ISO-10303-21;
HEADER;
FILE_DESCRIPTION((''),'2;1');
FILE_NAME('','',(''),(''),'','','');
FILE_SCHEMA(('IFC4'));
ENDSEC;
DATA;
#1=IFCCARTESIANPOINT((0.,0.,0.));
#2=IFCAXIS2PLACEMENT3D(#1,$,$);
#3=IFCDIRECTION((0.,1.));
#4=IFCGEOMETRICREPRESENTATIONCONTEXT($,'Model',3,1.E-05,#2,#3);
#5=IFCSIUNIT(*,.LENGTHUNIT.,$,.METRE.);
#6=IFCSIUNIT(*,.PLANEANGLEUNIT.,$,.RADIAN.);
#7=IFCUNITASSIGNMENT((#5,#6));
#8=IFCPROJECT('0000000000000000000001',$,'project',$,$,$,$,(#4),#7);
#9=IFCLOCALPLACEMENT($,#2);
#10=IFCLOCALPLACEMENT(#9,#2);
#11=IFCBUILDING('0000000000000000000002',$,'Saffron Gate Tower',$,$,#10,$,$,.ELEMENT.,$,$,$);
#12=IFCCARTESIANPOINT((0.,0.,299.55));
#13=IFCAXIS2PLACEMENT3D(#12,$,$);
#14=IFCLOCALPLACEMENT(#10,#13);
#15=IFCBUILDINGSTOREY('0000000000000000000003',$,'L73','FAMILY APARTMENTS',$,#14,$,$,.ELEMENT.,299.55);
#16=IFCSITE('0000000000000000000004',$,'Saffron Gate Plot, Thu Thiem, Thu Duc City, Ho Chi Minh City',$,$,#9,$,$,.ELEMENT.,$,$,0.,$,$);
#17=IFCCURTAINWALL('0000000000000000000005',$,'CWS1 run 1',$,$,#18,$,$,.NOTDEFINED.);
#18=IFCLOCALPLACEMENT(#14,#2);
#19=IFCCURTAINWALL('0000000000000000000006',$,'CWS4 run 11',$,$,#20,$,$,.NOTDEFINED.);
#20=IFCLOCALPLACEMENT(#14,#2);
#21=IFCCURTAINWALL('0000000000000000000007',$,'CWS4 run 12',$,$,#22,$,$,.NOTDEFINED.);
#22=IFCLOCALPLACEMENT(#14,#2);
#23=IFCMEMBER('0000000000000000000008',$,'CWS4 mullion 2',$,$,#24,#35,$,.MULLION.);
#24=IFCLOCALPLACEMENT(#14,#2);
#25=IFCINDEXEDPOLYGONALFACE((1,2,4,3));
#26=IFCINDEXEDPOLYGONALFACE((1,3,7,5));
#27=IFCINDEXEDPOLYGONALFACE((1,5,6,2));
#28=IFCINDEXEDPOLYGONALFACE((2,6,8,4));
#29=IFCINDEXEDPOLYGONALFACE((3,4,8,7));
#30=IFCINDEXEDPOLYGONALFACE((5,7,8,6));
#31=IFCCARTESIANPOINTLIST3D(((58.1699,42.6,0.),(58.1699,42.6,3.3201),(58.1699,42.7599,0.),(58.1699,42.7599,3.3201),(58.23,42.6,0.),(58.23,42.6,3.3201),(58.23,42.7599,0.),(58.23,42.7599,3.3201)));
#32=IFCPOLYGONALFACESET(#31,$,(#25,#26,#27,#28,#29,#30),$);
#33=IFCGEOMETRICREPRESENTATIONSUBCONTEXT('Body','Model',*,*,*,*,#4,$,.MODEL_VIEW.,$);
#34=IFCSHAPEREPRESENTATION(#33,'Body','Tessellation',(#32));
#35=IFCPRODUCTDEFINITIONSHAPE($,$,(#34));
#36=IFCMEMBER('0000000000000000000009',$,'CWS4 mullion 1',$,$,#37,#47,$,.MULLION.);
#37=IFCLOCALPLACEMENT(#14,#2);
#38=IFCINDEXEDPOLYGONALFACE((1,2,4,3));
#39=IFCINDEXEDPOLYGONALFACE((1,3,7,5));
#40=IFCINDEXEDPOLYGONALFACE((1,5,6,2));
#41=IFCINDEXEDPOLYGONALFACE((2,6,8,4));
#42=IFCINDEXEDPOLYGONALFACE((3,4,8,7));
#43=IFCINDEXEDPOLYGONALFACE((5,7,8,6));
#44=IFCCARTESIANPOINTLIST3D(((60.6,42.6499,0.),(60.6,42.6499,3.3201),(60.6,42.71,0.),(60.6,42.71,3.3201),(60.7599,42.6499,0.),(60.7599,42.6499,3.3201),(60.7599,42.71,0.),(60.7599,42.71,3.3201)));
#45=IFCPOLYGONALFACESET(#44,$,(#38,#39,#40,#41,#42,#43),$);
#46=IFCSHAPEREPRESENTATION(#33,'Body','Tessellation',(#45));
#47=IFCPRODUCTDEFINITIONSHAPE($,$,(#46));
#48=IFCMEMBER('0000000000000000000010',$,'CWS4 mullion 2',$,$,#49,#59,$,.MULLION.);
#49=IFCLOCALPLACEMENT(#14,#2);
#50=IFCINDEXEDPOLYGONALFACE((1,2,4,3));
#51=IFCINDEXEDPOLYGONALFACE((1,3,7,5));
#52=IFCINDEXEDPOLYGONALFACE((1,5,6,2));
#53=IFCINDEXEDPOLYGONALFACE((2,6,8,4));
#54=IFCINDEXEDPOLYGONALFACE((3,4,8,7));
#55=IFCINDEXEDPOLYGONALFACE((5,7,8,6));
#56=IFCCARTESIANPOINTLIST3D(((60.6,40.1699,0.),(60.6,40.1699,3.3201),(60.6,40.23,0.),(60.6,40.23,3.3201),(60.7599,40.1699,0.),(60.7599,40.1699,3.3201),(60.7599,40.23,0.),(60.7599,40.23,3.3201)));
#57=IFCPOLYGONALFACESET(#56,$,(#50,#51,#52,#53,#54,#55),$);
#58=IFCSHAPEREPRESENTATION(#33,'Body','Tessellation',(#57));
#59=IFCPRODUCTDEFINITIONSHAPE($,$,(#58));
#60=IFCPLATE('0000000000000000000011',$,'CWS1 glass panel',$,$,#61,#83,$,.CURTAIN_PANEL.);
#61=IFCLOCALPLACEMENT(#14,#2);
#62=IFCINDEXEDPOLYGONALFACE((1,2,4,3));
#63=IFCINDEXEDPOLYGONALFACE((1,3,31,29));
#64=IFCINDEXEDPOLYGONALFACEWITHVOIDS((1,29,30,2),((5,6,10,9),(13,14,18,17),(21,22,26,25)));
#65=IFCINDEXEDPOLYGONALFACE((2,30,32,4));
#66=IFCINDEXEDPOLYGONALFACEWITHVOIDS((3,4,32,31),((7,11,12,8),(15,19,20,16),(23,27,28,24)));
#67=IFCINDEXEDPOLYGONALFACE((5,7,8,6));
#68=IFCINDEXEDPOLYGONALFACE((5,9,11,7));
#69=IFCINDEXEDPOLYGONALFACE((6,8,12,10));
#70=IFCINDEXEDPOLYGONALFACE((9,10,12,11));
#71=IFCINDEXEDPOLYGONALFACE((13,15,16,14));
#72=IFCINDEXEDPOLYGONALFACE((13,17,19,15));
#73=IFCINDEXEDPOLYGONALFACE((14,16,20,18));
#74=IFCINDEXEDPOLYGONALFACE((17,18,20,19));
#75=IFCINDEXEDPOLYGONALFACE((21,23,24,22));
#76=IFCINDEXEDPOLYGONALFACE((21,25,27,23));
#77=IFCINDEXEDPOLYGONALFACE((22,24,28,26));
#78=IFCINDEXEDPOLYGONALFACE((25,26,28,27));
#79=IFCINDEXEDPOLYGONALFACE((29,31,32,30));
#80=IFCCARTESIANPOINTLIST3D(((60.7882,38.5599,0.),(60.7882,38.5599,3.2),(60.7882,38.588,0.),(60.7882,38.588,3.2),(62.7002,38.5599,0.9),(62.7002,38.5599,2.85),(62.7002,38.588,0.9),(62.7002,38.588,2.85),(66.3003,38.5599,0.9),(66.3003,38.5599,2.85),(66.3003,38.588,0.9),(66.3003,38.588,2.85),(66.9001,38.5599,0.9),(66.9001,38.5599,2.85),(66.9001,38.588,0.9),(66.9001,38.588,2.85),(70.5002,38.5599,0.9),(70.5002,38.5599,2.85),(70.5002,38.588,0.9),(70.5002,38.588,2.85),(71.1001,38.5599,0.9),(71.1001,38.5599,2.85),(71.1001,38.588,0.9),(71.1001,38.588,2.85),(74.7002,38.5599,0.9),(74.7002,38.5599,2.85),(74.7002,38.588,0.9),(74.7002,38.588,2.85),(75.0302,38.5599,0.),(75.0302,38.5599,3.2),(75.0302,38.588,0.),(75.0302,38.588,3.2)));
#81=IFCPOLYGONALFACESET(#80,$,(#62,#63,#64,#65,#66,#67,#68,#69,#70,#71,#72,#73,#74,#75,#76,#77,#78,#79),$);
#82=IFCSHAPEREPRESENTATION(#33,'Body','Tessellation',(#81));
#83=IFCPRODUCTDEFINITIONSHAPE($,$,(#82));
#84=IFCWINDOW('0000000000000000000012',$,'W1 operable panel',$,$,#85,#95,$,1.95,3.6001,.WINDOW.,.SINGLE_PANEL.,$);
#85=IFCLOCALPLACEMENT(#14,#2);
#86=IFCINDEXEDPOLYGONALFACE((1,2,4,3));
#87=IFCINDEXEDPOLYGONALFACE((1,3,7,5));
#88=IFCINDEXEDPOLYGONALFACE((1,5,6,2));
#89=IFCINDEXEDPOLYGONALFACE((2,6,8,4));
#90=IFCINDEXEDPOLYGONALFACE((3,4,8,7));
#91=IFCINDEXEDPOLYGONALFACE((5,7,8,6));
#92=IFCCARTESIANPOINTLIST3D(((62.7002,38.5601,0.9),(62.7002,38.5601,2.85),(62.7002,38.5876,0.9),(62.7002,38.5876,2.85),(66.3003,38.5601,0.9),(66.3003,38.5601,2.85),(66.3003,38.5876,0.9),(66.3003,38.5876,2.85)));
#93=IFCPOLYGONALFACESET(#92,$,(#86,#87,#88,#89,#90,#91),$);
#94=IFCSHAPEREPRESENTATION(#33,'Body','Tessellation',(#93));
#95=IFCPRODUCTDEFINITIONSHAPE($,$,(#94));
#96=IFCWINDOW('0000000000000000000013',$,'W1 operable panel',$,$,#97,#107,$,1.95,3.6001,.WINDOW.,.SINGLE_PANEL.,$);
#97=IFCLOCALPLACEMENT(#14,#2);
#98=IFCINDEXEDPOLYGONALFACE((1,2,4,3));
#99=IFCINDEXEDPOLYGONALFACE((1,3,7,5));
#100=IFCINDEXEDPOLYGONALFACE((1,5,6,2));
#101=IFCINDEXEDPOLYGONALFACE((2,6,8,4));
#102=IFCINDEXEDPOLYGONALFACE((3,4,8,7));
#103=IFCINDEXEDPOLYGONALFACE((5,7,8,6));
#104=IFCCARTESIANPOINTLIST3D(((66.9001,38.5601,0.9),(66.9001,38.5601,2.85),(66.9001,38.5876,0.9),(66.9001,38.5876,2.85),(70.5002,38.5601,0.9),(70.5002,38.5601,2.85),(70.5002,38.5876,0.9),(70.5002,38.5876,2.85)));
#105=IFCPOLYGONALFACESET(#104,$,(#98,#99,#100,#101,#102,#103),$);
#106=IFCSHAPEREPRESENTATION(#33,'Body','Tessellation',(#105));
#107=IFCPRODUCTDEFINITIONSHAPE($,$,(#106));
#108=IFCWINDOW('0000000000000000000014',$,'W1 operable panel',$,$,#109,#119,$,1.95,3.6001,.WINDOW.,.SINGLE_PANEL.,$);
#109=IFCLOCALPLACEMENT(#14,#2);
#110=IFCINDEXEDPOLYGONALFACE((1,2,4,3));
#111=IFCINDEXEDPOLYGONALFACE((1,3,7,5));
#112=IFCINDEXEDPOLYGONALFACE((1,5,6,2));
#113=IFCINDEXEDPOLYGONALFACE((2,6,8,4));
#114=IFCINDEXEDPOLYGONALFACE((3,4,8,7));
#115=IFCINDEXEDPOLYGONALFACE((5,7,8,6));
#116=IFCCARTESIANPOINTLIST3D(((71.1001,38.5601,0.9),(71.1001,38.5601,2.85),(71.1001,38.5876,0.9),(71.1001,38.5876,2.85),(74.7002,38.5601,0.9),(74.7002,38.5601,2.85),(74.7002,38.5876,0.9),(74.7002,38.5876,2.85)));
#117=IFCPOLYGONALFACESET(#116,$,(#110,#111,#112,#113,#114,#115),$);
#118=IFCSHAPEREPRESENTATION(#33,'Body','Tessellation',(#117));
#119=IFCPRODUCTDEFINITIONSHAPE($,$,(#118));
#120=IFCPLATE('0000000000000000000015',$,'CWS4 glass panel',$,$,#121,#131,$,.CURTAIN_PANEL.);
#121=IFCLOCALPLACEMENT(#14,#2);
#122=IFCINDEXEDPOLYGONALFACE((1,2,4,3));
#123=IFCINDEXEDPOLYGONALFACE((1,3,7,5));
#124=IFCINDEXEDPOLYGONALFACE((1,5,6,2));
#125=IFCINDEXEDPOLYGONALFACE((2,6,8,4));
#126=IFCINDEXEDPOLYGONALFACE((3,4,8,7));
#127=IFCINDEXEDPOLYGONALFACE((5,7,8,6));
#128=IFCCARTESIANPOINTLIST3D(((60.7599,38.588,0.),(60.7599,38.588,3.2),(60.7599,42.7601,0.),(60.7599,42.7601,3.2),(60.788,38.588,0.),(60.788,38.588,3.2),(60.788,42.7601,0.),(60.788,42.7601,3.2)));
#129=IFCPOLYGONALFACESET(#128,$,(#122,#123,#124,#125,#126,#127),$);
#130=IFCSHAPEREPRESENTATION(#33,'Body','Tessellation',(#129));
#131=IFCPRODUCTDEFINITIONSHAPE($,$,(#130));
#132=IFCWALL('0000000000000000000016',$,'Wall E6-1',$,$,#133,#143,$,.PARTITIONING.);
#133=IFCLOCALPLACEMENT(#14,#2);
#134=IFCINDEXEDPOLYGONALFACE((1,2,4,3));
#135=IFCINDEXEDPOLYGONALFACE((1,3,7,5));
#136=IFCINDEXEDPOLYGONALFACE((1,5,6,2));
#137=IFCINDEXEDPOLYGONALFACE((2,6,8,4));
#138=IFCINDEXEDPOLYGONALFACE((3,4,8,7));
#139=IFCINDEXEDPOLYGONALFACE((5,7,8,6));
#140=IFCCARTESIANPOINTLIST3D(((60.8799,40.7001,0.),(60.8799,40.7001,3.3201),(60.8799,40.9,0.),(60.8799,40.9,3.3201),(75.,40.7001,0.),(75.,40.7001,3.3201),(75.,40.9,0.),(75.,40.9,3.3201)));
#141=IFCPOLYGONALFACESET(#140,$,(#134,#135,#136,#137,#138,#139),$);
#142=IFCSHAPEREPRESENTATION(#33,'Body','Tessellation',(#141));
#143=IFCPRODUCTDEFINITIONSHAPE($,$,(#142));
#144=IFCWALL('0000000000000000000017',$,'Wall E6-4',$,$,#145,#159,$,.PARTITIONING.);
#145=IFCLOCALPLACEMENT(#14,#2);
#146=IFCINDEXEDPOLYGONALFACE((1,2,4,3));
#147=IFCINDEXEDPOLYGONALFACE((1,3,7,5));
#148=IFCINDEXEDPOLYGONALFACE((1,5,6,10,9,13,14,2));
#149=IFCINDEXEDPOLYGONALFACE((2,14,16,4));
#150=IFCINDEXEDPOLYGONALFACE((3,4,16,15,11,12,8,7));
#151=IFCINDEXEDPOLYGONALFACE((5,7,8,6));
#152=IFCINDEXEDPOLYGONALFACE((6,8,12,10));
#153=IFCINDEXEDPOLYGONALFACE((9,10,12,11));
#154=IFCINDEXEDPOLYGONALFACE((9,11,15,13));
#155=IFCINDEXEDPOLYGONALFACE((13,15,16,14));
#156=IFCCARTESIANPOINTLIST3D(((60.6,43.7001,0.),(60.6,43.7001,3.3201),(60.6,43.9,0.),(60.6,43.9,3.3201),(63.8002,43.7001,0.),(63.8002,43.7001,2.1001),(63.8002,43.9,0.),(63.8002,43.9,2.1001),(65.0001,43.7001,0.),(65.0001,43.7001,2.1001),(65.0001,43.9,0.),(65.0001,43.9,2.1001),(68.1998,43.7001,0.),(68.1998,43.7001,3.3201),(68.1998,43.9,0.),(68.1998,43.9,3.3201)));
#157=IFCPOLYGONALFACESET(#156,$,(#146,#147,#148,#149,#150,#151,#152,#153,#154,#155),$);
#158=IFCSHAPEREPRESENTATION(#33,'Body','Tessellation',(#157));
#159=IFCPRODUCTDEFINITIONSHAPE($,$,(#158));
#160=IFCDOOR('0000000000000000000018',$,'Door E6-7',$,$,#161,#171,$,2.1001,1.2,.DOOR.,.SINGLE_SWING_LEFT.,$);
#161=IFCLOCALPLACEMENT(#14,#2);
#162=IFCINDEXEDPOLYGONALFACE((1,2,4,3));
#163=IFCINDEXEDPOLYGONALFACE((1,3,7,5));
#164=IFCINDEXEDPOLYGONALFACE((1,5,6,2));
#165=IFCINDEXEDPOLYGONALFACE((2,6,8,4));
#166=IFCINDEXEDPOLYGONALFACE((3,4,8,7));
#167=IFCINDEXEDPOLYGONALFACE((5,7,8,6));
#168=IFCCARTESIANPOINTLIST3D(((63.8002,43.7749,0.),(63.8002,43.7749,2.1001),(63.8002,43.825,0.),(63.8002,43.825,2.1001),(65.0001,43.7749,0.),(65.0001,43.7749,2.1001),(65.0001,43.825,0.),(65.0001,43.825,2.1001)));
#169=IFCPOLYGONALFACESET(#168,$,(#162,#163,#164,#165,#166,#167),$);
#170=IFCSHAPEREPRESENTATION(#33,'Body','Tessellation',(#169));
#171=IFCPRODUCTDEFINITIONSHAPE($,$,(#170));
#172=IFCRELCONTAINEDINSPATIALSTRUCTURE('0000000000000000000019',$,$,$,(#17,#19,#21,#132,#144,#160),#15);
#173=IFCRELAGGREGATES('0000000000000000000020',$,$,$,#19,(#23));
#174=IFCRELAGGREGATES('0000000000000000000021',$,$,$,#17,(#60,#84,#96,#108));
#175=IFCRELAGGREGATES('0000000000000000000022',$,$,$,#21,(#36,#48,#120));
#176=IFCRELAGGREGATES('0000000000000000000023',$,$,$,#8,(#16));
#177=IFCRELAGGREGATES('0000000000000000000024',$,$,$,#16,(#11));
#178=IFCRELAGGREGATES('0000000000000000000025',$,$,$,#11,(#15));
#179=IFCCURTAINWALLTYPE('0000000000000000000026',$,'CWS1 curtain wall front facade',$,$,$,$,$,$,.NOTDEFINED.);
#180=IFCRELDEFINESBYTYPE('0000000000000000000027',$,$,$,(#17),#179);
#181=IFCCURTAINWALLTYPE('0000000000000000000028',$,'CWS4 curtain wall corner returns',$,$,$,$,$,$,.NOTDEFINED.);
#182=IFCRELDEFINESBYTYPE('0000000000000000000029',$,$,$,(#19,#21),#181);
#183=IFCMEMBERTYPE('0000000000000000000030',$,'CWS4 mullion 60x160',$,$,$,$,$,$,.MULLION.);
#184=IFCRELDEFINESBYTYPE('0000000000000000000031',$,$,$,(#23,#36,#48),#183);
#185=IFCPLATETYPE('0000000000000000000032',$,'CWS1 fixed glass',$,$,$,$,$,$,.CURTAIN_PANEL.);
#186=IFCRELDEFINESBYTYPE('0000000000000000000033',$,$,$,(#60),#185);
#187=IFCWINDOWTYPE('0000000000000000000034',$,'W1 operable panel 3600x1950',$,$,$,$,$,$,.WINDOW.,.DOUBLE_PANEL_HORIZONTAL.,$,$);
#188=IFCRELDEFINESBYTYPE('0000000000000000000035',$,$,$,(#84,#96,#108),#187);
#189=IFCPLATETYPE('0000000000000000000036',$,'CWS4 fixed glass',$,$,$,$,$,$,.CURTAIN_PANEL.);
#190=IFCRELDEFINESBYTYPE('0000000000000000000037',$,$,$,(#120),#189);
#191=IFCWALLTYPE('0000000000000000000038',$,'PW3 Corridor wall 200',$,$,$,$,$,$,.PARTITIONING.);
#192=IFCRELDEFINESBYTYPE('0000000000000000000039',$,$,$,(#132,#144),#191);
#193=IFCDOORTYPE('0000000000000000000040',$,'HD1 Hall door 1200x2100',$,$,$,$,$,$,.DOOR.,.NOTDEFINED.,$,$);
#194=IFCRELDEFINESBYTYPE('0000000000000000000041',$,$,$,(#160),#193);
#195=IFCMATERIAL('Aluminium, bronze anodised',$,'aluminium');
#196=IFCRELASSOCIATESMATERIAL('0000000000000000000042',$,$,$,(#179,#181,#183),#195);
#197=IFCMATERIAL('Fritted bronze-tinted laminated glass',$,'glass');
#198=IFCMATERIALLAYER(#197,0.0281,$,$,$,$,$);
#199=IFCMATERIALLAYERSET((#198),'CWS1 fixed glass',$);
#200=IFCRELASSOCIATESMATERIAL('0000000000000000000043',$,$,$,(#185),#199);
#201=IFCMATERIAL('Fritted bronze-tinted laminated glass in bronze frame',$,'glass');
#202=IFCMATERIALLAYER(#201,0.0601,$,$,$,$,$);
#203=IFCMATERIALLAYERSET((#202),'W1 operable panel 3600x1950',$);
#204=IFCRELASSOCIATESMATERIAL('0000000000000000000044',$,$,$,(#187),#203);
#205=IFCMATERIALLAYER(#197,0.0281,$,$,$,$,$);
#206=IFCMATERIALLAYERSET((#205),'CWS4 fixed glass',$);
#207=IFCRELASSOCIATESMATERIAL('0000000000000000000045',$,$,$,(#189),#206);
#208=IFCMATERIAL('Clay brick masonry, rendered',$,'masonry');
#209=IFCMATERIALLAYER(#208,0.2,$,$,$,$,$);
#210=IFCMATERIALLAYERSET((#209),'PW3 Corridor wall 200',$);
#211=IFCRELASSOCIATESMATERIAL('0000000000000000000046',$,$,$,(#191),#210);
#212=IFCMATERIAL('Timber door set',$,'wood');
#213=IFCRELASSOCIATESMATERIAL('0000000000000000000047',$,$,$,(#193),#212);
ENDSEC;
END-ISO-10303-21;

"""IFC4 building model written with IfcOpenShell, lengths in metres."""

from ifc_helpers import new_model, si_unit, direction, frame, frame_2d, origin, origin_2d, place, context, subcontext, project, spatial, rectangle, extrude, material, layer, layer_set, material_profile, profile_set, type_object, element, fill, aggregate, save


model = new_model("IFC4")

# Units and contexts
model_context = context("Model", 3, precision=1e-05, world=origin(), true_north=direction((0.0, 1.0)))
body_context = subcontext(model_context, "Body", "Model", "MODEL_VIEW")
ifc_project = project(units=[si_unit("LENGTHUNIT", "METRE"), si_unit("PLANEANGLEUNIT", "RADIAN")], contexts=[model_context])

# Site, building, storey
site_placement = place(None, origin())
site = spatial("IfcSite", under=ifc_project, at=site_placement, Name="Saffron Gate Plot, Thu Thiem, Thu Duc City, Ho Chi Minh City", CompositionType="ELEMENT", RefElevation=0.0)
building_placement = place(site_placement, origin())
building = spatial("IfcBuilding", under=site, at=building_placement, Name="Saffron Gate Tower", CompositionType="ELEMENT")
storey_placement = place(building_placement, frame((0.0, 0.0, 299.55)))
storey = spatial("IfcBuildingStorey", under=building, at=storey_placement, Name="L73", Description="FAMILY APARTMENTS", CompositionType="ELEMENT", Elevation=299.55)

# Curtain wall
ifc_material_1 = material(Name="Aluminium, bronze anodised", Category="aluminium")
curtain_wall_type_1 = type_object("IfcCurtainWallType", Name="CWS1 curtain wall front facade", PredefinedType="NOTDEFINED", material=ifc_material_1)
curtain_wall_1_placement = place(storey_placement, origin())
curtain_wall_1 = element("IfcCurtainWall", 1, at=curtain_wall_1_placement, inside=storey, type_object=curtain_wall_type_1, Name="CWS1 run 1", PredefinedType="NOTDEFINED")

# Curtain walls
curtain_wall_type_2 = type_object("IfcCurtainWallType", Name="CWS4 curtain wall corner returns", PredefinedType="NOTDEFINED", material=ifc_material_1)
curtain_wall_2_placement = place(storey_placement, origin())
curtain_wall_2 = element("IfcCurtainWall", 2, at=curtain_wall_2_placement, inside=storey, type_object=curtain_wall_type_2, Name="CWS4 run 11", PredefinedType="NOTDEFINED")
curtain_wall_3_placement = place(storey_placement, origin())
curtain_wall_3 = element("IfcCurtainWall", 3, at=curtain_wall_3_placement, inside=storey, type_object=curtain_wall_type_2, Name="CWS4 run 12", PredefinedType="NOTDEFINED")

# Members
ifc_material_profile_1 = material_profile(ifc_material_1, rectangle(XDim=0.1599, YDim=0.0601, at=origin_2d()))
ifc_profile_set_1 = profile_set([ifc_material_profile_1], Name="Aluminium, bronze anodised")
member_type_1 = type_object("IfcMemberType", Name="CWS4 mullion 60x160", PredefinedType="MULLION", material=ifc_profile_set_1)
member_1_placement = place(storey_placement, frame((58.2, 42.6799, 0.0), z_axis=(0.0, 0.0, 1.0), x_axis=(0.0, 1.0, 0.0)))
member_1 = element("IfcMember", 4, at=member_1_placement, type_object=member_type_1, Name="CWS4 mullion 2", PredefinedType="MULLION", context=body_context, shape_type="SweptSolid", body=[
    extrude(rectangle(XDim=0.1599, YDim=0.0601, at=origin_2d()), origin(), (0.0, 0.0, 1.0), 3.3201),
])
aggregate(curtain_wall_2, [member_1])
member_2_placement = place(storey_placement, frame((60.6799, 42.6799, 0.0), z_axis=(0.0, 0.0, 1.0), x_axis=(1.0, 0.0, 0.0)))
member_2 = element("IfcMember", 5, at=member_2_placement, type_object=member_type_1, Name="CWS4 mullion 1", PredefinedType="MULLION", context=body_context, shape_type="SweptSolid", body=[
    extrude(rectangle(XDim=0.1599, YDim=0.0601, at=origin_2d()), origin(), (0.0, 0.0, 1.0), 3.3201),
])
member_3_placement = place(storey_placement, frame((60.6799, 40.2, 0.0), z_axis=(0.0, 0.0, 1.0), x_axis=(1.0, 0.0, 0.0)))
member_3 = element("IfcMember", 6, at=member_3_placement, type_object=member_type_1, Name="CWS4 mullion 2", PredefinedType="MULLION", context=body_context, shape_type="SweptSolid", body=[
    extrude(rectangle(XDim=0.1599, YDim=0.0601, at=origin_2d()), origin(), (0.0, 0.0, 1.0), 3.3201),
])

# Plate, openings, windows
ifc_material_2 = material(Name="Fritted bronze-tinted laminated glass", Category="glass")
ifc_layer_1 = layer(ifc_material_2, 0.0281)
ifc_layer_set_1 = layer_set([ifc_layer_1], Name="CWS1 fixed glass")
plate_type_1 = type_object("IfcPlateType", Name="CWS1 fixed glass", PredefinedType="CURTAIN_PANEL", material=ifc_layer_set_1)
plate_1_placement = place(storey_placement, frame((60.7881, 38.574, 0.0), z_axis=(0.0, 0.0, 1.0), x_axis=(1.0, 0.0, 0.0)))
plate_1 = element("IfcPlate", 7, at=plate_1_placement, type_object=plate_type_1, Name="CWS1 glass panel", PredefinedType="CURTAIN_PANEL", context=body_context, shape_type="SweptSolid", body=[
    extrude(rectangle(XDim=14.2419, YDim=0.0281, at=frame_2d((7.1211, 0.0))), origin(), (0.0, 0.0, 1.0), 3.2),
])
opening_1_placement = place(plate_1_placement, frame((1.9121, 0.0, 0.8999)))
opening_1 = element("IfcOpeningElement", 8, at=opening_1_placement, cuts=plate_1, PredefinedType="OPENING", context=body_context, shape_type="SweptSolid", body=[
    extrude(rectangle(XDim=3.6001, YDim=1.95, at=frame_2d((1.8, 0.9751))), frame((0.0, 0.0239, 0.0), z_axis=(0.0, -1.0, 0.0), x_axis=(1.0, 0.0, 0.0)), (0.0, 0.0, 1.0), 0.0481),
])
opening_2_placement = place(plate_1_placement, frame((6.1121, 0.0, 0.8999)))
opening_2 = element("IfcOpeningElement", 9, at=opening_2_placement, cuts=plate_1, PredefinedType="OPENING", context=body_context, shape_type="SweptSolid", body=[
    extrude(rectangle(XDim=3.6001, YDim=1.95, at=frame_2d((1.8, 0.9751))), frame((0.0, 0.0239, 0.0), z_axis=(0.0, -1.0, 0.0), x_axis=(1.0, 0.0, 0.0)), (0.0, 0.0, 1.0), 0.0481),
])
opening_3_placement = place(plate_1_placement, frame((10.312, 0.0, 0.8999)))
opening_3 = element("IfcOpeningElement", 10, at=opening_3_placement, cuts=plate_1, PredefinedType="OPENING", context=body_context, shape_type="SweptSolid", body=[
    extrude(rectangle(XDim=3.6001, YDim=1.95, at=frame_2d((1.8, 0.9751))), frame((0.0, 0.0239, 0.0), z_axis=(0.0, -1.0, 0.0), x_axis=(1.0, 0.0, 0.0)), (0.0, 0.0, 1.0), 0.0481),
])
ifc_material_3 = material(Name="Fritted bronze-tinted laminated glass in bronze frame", Category="glass")
ifc_layer_2 = layer(ifc_material_3, 0.0601)
ifc_layer_set_2 = layer_set([ifc_layer_2], Name="W1 operable panel 3600x1950")
window_type = type_object("IfcWindowType", Name="W1 operable panel 3600x1950", PartitioningType="DOUBLE_PANEL_HORIZONTAL", PredefinedType="WINDOW", material=ifc_layer_set_2)
window_1_placement = place(opening_1_placement, origin())
window_1 = element("IfcWindow", 11, at=window_1_placement, type_object=window_type, Name="W1 operable panel", OverallHeight=1.95, OverallWidth=3.6001, PartitioningType="SINGLE_PANEL", PredefinedType="WINDOW", context=body_context, shape_type="SweptSolid", body=[
    extrude(rectangle(XDim=3.6001, YDim=1.95, at=frame_2d((1.8, 0.9751))), frame((0.0, 0.0137, 0.0), z_axis=(0.0, -1.0, 0.0), x_axis=(1.0, 0.0, 0.0)), (0.0, 0.0, 1.0), 0.0276),
])
fill(opening_1, window_1)
window_2_placement = place(opening_2_placement, origin())
window_2 = element("IfcWindow", 12, at=window_2_placement, type_object=window_type, Name="W1 operable panel", OverallHeight=1.95, OverallWidth=3.6001, PartitioningType="SINGLE_PANEL", PredefinedType="WINDOW", context=body_context, shape_type="SweptSolid", body=[
    extrude(rectangle(XDim=3.6001, YDim=1.95, at=frame_2d((1.8, 0.9751))), frame((0.0, 0.0137, 0.0), z_axis=(0.0, -1.0, 0.0), x_axis=(1.0, 0.0, 0.0)), (0.0, 0.0, 1.0), 0.0276),
])
fill(opening_2, window_2)
window_3_placement = place(opening_3_placement, origin())
window_3 = element("IfcWindow", 13, at=window_3_placement, type_object=window_type, Name="W1 operable panel", OverallHeight=1.95, OverallWidth=3.6001, PartitioningType="SINGLE_PANEL", PredefinedType="WINDOW", context=body_context, shape_type="SweptSolid", body=[
    extrude(rectangle(XDim=3.6001, YDim=1.95, at=frame_2d((1.8, 0.9751))), frame((0.0, 0.0137, 0.0), z_axis=(0.0, -1.0, 0.0), x_axis=(1.0, 0.0, 0.0)), (0.0, 0.0, 1.0), 0.0276),
])
fill(opening_3, window_3)
aggregate(curtain_wall_1, [plate_1, window_1, window_2, window_3])

# Plate
ifc_layer_3 = layer(ifc_material_2, 0.0281)
ifc_layer_set_3 = layer_set([ifc_layer_3], Name="CWS4 fixed glass")
plate_type_2 = type_object("IfcPlateType", Name="CWS4 fixed glass", PredefinedType="CURTAIN_PANEL", material=ifc_layer_set_3)
plate_2_placement = place(storey_placement, frame((60.7739, 42.76, 0.0), z_axis=(0.0, 0.0, 1.0), x_axis=(0.0, -1.0, 0.0)))
plate_2 = element("IfcPlate", 14, at=plate_2_placement, type_object=plate_type_2, Name="CWS4 glass panel", PredefinedType="CURTAIN_PANEL", context=body_context, shape_type="SweptSolid", body=[
    extrude(rectangle(XDim=4.1721, YDim=0.0281, at=frame_2d((2.0859, 0.0))), origin(), (0.0, 0.0, 1.0), 3.2),
])
aggregate(curtain_wall_3, [member_2, member_3, plate_2])

# Wall
ifc_material_4 = material(Name="Clay brick masonry, rendered", Category="masonry")
ifc_layer_4 = layer(ifc_material_4, 0.2)
ifc_layer_set_4 = layer_set([ifc_layer_4], Name="PW3 Corridor wall 200")
wall_type = type_object("IfcWallType", Name="PW3 Corridor wall 200", PredefinedType="PARTITIONING", material=ifc_layer_set_4)
wall_1_placement = place(storey_placement, frame((60.8799, 40.8, 0.0), z_axis=(0.0, 0.0, 1.0), x_axis=(1.0, 0.0, 0.0)))
element("IfcWall", 15, at=wall_1_placement, inside=storey, type_object=wall_type, Name="Wall E6-1", PredefinedType="PARTITIONING", context=body_context, shape_type="SweptSolid", body=[
    extrude(rectangle(XDim=14.1201, YDim=0.2, at=frame_2d((7.0601, 0.0))), origin(), (0.0, 0.0, 1.0), 3.3201),
])

# Wall, opening, door
wall_2_placement = place(storey_placement, frame((60.6001, 43.8, 0.0), z_axis=(0.0, 0.0, 1.0), x_axis=(1.0, 0.0, 0.0)))
wall_2 = element("IfcWall", 16, at=wall_2_placement, inside=storey, type_object=wall_type, Name="Wall E6-4", PredefinedType="PARTITIONING", context=body_context, shape_type="SweptSolid", body=[
    extrude(rectangle(XDim=7.5999, YDim=0.2, at=frame_2d((3.7998, 0.0))), origin(), (0.0, 0.0, 1.0), 3.3201),
])
opening_4_placement = place(wall_2_placement, frame((3.2, 0.0, 0.0)))
opening_4 = element("IfcOpeningElement", 17, at=opening_4_placement, cuts=wall_2, PredefinedType="OPENING", context=body_context, shape_type="SweptSolid", body=[
    extrude(rectangle(XDim=1.2, YDim=2.1001, at=frame_2d((0.6001, 1.05))), frame((0.0, 0.1099, 0.0), z_axis=(0.0, -1.0, 0.0), x_axis=(1.0, 0.0, 0.0)), (0.0, 0.0, 1.0), 0.22),
])
ifc_material_5 = material(Name="Timber door set", Category="wood")
door_type = type_object("IfcDoorType", Name="HD1 Hall door 1200x2100", OperationType="NOTDEFINED", PredefinedType="DOOR", material=ifc_material_5)
door_placement = place(opening_4_placement, origin())
door = element("IfcDoor", 18, at=door_placement, inside=storey, type_object=door_type, Name="Door E6-7", OperationType="SINGLE_SWING_LEFT", OverallHeight=2.1001, OverallWidth=1.2, PredefinedType="DOOR", context=body_context, shape_type="SweptSolid", body=[
    extrude(rectangle(XDim=1.2, YDim=2.1001, at=frame_2d((0.6001, 1.05))), frame((0.0, 0.0249, 0.0), z_axis=(0.0, -1.0, 0.0), x_axis=(1.0, 0.0, 0.0)), (0.0, 0.0, 1.0), 0.05),
])
fill(opening_4, door)

save(model, "model.ifc")
